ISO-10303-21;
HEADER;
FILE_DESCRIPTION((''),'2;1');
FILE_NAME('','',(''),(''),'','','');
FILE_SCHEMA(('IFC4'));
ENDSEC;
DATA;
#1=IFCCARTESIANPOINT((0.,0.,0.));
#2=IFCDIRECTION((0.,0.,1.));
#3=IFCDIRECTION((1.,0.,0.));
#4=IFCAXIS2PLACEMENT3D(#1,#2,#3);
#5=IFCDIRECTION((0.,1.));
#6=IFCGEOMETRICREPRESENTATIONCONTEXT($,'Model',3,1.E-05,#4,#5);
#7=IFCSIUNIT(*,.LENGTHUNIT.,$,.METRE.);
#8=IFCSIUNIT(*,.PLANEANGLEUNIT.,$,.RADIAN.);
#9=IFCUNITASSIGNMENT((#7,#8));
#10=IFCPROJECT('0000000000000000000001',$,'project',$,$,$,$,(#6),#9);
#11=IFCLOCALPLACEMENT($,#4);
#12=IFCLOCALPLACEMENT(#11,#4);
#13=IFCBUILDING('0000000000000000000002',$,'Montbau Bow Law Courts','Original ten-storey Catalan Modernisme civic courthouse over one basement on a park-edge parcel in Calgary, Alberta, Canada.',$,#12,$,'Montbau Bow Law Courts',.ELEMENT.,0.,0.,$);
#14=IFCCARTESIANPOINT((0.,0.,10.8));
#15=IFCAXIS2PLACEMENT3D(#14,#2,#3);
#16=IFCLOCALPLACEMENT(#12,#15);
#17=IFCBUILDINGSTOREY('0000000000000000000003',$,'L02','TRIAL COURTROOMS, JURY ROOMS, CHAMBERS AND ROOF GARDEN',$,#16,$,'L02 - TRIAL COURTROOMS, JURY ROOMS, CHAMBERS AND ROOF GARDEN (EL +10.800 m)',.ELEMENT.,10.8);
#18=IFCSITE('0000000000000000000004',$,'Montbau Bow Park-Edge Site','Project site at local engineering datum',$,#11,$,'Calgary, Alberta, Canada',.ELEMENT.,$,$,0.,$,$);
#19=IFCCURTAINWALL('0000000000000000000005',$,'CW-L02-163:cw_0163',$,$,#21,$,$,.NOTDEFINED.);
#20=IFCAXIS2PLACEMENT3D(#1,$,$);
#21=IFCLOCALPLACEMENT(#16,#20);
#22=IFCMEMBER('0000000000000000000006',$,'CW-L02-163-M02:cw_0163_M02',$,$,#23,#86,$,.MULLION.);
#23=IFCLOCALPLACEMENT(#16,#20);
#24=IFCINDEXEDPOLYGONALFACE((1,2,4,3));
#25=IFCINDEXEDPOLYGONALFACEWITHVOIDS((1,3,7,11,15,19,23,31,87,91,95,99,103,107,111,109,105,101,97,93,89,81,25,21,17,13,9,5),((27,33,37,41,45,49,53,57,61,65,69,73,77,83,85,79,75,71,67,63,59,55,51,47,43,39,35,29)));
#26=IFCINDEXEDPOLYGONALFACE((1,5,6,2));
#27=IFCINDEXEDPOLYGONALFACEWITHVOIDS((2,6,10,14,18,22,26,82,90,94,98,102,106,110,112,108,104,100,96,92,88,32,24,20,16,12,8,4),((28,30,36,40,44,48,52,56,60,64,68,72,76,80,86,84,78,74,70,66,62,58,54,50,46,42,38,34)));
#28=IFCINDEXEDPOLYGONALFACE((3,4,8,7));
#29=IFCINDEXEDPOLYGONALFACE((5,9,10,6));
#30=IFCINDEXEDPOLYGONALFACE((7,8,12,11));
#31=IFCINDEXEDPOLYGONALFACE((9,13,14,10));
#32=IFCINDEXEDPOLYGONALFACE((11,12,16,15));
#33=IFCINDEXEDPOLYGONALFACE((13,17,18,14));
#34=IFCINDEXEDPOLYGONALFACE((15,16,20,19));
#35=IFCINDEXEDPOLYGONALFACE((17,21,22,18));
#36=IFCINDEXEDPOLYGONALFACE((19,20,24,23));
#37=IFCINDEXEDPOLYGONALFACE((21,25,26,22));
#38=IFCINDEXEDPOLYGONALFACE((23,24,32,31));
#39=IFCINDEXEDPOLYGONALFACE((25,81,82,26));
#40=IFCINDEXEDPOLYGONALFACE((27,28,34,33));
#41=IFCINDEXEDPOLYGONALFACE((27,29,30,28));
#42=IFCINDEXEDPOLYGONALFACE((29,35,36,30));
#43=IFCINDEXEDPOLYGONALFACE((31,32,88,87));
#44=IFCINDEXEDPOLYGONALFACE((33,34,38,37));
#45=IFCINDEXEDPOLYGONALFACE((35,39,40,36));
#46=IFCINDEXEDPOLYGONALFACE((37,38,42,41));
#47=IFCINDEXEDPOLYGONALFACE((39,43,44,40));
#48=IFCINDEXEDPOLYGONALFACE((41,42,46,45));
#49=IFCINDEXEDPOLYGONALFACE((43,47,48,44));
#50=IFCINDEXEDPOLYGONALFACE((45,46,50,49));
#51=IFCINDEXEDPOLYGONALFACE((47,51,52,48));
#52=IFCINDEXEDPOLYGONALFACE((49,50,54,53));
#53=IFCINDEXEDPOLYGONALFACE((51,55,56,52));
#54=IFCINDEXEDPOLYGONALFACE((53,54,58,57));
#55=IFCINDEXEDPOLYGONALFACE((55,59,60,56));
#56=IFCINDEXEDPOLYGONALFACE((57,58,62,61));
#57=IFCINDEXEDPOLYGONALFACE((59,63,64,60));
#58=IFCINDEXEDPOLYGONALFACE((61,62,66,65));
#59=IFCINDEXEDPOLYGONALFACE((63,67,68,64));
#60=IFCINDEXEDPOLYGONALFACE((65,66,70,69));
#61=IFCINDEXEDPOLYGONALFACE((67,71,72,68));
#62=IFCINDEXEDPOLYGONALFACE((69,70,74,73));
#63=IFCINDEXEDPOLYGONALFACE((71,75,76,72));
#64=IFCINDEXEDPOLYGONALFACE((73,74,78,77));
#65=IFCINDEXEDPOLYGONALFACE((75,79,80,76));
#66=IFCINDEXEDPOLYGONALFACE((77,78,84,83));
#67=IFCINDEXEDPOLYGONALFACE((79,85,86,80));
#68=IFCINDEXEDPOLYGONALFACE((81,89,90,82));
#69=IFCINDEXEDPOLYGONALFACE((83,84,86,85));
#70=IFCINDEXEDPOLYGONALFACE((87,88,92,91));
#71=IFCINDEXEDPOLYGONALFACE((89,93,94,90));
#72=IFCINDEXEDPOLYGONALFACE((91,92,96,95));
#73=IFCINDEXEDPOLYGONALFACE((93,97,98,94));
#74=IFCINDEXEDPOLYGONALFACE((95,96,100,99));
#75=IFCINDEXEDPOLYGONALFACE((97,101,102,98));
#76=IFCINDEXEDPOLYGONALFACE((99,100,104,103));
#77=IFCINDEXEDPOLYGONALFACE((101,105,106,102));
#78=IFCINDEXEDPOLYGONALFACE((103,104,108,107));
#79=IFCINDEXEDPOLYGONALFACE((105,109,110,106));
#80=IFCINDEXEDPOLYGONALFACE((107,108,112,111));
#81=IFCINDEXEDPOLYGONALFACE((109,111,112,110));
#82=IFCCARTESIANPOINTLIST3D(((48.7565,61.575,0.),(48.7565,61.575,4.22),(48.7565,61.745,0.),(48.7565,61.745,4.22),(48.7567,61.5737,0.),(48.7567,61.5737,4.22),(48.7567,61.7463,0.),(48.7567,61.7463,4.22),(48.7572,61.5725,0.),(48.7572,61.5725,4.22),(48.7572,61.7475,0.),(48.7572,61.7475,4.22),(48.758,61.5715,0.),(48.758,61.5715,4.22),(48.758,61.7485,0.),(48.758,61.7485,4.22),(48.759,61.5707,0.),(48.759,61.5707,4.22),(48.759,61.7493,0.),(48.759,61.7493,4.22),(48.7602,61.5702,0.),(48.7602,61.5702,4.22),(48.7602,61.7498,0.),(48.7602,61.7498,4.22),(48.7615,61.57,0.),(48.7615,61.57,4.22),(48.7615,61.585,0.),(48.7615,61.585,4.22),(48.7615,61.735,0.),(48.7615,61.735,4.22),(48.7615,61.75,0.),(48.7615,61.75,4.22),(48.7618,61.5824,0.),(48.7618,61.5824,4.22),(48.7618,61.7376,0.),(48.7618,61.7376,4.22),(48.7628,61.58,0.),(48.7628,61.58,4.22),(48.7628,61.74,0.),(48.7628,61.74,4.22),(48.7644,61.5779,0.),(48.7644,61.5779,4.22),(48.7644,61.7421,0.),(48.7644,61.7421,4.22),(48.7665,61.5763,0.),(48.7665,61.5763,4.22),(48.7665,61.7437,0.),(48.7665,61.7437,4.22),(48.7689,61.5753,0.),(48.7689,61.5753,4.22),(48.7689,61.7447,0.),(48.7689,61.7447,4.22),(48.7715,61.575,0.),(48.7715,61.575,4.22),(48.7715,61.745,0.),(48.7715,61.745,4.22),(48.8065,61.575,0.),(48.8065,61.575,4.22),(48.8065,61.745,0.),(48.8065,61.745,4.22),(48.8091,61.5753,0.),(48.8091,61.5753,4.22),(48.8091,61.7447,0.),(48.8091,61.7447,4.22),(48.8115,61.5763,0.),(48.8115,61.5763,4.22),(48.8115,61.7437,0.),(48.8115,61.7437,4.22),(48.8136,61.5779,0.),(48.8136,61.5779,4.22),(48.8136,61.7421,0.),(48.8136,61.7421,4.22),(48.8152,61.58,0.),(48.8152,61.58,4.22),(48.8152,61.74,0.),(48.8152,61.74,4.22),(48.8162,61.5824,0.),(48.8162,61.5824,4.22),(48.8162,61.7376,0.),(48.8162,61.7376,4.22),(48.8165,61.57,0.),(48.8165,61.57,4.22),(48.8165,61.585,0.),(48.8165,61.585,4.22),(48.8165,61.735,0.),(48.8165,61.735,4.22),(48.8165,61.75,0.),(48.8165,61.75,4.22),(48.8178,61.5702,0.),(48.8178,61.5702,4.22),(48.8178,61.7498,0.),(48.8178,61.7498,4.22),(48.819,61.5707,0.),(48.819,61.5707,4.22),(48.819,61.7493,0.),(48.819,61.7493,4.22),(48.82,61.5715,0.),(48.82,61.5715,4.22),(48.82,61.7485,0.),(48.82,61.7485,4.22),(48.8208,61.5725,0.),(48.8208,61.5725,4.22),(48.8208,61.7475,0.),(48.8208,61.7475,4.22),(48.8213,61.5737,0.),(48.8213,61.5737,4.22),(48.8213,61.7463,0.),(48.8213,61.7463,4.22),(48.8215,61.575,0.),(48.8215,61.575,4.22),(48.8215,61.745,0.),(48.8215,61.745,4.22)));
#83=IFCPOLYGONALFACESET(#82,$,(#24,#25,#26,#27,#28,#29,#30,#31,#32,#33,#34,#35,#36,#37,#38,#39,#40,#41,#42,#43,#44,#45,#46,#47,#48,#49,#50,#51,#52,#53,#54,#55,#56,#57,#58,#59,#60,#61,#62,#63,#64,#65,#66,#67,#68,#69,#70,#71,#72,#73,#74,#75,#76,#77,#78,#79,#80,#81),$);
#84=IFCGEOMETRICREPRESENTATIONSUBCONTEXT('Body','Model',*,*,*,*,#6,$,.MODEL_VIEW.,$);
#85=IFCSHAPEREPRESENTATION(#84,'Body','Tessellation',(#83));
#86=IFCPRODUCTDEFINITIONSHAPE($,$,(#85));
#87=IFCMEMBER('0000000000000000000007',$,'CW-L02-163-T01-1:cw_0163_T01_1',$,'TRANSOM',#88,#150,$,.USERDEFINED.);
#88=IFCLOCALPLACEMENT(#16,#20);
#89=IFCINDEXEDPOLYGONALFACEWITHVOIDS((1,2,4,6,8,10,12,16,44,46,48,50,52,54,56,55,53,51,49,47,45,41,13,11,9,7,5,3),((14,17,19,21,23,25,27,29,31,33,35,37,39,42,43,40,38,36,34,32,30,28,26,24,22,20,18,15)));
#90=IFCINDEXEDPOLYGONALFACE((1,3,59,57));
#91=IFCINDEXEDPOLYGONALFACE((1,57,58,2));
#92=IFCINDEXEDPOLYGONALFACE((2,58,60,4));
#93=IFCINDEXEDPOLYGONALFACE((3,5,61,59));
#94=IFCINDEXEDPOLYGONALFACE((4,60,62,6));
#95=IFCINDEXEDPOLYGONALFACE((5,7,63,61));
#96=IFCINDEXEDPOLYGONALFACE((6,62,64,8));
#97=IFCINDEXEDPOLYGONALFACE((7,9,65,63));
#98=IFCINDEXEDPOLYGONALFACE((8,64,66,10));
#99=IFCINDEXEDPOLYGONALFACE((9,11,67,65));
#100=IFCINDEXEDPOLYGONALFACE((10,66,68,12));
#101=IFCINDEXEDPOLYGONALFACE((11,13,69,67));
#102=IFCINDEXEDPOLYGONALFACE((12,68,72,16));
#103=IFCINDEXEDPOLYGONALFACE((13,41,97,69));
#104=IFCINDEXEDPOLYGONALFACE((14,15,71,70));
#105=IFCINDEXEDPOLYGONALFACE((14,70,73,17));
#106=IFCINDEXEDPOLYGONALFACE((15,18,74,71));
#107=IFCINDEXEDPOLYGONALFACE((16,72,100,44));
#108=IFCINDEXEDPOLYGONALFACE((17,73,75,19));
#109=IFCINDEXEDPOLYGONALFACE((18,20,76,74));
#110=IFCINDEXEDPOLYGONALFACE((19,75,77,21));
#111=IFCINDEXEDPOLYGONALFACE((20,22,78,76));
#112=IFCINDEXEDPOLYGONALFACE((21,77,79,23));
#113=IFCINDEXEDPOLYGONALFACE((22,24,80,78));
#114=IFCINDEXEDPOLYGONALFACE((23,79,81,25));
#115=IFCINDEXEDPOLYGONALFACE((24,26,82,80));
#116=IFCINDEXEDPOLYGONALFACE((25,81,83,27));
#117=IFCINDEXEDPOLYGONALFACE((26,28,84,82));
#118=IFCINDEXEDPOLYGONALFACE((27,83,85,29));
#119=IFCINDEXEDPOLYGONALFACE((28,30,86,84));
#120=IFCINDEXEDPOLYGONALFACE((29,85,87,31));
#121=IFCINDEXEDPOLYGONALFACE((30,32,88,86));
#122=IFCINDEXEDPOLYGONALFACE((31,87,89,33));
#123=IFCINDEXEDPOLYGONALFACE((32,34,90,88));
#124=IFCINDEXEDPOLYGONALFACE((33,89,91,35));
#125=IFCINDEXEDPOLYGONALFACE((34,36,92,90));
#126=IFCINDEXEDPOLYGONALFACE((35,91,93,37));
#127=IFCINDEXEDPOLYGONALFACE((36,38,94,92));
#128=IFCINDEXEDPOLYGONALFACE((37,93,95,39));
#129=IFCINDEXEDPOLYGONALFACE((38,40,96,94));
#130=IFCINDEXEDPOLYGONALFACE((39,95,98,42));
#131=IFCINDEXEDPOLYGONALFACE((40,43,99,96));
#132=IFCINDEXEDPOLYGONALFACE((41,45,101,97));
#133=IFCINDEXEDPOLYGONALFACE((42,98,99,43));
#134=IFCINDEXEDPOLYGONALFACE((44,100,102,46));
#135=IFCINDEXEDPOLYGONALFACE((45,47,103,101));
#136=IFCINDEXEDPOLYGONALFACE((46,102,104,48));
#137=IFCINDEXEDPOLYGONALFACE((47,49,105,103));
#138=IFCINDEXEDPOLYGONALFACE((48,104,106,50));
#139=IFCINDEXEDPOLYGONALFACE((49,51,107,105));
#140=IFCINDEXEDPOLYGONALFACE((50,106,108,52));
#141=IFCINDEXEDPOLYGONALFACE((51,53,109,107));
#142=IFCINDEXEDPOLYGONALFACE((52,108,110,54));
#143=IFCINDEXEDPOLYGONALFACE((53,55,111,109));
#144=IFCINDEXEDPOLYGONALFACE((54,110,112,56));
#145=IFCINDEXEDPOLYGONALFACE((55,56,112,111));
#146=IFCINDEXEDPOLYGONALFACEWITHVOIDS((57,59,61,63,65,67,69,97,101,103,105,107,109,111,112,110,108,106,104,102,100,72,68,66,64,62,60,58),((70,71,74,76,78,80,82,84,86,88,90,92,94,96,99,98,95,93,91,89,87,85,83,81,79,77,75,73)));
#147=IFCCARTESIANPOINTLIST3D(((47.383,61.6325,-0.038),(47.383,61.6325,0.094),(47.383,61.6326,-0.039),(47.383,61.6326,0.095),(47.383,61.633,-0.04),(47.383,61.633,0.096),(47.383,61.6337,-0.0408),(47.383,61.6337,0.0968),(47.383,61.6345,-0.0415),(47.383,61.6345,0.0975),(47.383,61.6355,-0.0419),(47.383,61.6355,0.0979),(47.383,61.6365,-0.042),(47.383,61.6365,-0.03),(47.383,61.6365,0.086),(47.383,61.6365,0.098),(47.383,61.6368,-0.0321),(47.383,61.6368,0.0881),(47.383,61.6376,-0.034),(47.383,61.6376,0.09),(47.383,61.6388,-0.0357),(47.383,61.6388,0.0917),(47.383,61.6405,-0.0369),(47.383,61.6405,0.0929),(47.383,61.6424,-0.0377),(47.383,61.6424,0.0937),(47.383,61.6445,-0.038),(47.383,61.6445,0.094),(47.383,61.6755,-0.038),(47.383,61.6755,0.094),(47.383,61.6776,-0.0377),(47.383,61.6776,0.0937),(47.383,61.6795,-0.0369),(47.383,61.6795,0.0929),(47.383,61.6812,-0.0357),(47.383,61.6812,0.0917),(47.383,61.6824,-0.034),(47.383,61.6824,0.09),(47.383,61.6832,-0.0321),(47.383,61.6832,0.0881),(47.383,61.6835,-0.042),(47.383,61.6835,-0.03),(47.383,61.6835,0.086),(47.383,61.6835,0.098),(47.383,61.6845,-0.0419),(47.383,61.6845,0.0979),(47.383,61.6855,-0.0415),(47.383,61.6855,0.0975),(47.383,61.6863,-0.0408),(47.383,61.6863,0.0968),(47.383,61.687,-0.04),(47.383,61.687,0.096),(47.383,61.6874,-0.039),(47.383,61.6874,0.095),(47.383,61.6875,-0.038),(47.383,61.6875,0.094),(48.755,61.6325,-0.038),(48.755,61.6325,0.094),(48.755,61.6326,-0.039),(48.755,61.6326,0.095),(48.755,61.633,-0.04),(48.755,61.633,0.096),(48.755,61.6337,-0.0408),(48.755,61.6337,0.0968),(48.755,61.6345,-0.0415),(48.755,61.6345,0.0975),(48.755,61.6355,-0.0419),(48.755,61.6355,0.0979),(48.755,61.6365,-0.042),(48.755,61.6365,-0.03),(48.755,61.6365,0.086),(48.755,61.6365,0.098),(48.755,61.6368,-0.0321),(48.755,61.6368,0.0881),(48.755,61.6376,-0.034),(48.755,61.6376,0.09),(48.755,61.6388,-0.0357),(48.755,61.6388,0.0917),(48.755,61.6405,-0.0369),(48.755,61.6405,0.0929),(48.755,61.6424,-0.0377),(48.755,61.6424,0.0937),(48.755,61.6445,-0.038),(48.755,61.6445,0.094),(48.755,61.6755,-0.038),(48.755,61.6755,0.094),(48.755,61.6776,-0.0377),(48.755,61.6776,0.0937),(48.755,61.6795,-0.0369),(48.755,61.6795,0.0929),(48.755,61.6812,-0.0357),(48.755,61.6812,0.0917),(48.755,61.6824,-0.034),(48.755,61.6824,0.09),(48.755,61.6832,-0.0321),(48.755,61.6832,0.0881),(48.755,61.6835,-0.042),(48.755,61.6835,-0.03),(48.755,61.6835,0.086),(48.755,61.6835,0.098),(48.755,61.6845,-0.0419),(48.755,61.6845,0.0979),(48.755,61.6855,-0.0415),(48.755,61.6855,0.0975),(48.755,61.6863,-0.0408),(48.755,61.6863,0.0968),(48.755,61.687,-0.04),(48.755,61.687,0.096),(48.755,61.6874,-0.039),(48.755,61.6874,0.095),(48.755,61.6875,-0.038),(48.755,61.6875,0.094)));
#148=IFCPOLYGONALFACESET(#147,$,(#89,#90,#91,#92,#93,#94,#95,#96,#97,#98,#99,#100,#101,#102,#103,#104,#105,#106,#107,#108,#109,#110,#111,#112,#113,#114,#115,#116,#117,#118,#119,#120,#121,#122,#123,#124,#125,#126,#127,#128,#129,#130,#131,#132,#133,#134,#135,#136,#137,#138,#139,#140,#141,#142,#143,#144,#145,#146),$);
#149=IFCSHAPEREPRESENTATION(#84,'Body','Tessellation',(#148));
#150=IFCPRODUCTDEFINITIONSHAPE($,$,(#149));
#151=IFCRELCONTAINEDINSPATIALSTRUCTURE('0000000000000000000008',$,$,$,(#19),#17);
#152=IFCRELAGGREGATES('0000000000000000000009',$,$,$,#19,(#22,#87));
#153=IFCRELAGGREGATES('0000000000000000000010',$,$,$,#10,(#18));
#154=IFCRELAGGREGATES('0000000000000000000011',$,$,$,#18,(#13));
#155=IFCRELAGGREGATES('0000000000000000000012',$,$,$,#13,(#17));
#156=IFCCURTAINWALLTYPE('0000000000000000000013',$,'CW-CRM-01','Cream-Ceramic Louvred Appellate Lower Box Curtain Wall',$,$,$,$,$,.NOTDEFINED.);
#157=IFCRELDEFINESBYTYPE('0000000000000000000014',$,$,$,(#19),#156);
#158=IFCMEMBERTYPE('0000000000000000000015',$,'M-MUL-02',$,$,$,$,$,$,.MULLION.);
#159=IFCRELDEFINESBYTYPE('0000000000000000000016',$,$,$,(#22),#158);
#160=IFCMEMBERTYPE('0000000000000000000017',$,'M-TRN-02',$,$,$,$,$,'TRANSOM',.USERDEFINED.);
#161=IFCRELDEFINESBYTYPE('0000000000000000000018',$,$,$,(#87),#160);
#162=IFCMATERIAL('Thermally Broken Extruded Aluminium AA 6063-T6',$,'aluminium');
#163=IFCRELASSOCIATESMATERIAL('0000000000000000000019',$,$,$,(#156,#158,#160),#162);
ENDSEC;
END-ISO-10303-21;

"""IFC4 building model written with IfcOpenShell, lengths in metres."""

from ifc_helpers import new_model, si_unit, direction, frame, origin_with_axes, origin_2d_with_axis, place, context, subcontext, project, spatial, hollow_rectangle, extrude, material, material_profile, profile_set, type_object, element, aggregate, save


model = new_model("IFC4")

# Units and contexts
model_context = context("Model", 3, precision=1e-05, world=origin_with_axes(), true_north=direction((0.0, 1.0)))
body_context = subcontext(model_context, "Body", "Model", "MODEL_VIEW")
ifc_project = project(units=[si_unit("LENGTHUNIT", "METRE"), si_unit("PLANEANGLEUNIT", "RADIAN")], contexts=[model_context])

# Site, building, storey
site_placement = place(None, origin_with_axes())
site = spatial("IfcSite", under=ifc_project, at=site_placement, Name="Montbau Bow Park-Edge Site", Description="Project site at local engineering datum", LongName="Calgary, Alberta, Canada", CompositionType="ELEMENT", RefElevation=0.0)
building_placement = place(site_placement, origin_with_axes())
building = spatial("IfcBuilding", under=site, at=building_placement, Name="Montbau Bow Law Courts", Description="Original ten-storey Catalan Modernisme civic courthouse over one basement on a park-edge parcel in Calgary, Alberta, Canada.", LongName="Montbau Bow Law Courts", CompositionType="ELEMENT", ElevationOfRefHeight=0.0, ElevationOfTerrain=0.0)
storey_placement = place(building_placement, frame((0.0, 0.0, 10.8), z_axis=(0.0, 0.0, 1.0), x_axis=(1.0, 0.0, 0.0)))
storey = spatial("IfcBuildingStorey", under=building, at=storey_placement, Name="L02", Description="TRIAL COURTROOMS, JURY ROOMS, CHAMBERS AND ROOF GARDEN", LongName="L02 - TRIAL COURTROOMS, JURY ROOMS, CHAMBERS AND ROOF GARDEN (EL +10.800 m)", CompositionType="ELEMENT", Elevation=10.8)

# Shared definitions
ifc_material_1 = material(Name="Thermally Broken Extruded Aluminium AA 6063-T6", Category="aluminium")
curtain_wall_type = type_object("IfcCurtainWallType", Name="CW-CRM-01", Description="Cream-Ceramic Louvred Appellate Lower Box Curtain Wall", PredefinedType="NOTDEFINED", material=ifc_material_1)

# Curtain wall, members
curtain_wall_1_placement = place(None, frame((47.315, 61.66, 10.8), z_axis=(0.0, 0.0, 1.0), x_axis=(1.0, 0.0, 0.0)))
curtain_wall_1 = element("IfcCurtainWall", 1, at=curtain_wall_1_placement, inside=storey, type_object=curtain_wall_type, Name="CW-L02-163:cw_0163", PredefinedType="NOTDEFINED")
ifc_material_profile_1 = material_profile(ifc_material_1, hollow_rectangle(XDim=0.065, YDim=0.18, WallThickness=0.005, InnerFilletRadius=0.01, OuterFilletRadius=0.005, at=origin_2d_with_axis()), Name="CWM-180X65", Category="Main", Priority=0)
ifc_profile_set_1 = profile_set([ifc_material_profile_1], Name="Thermally Broken Extruded Aluminium AA 6063-T6")
member_type_1 = type_object("IfcMemberType", Name="M-MUL-02", PredefinedType="MULLION", material=ifc_profile_set_1)
member_1_placement = place(None, frame((48.789, 61.66, 10.8), z_axis=(0.0, 0.0, 1.0), x_axis=(1.0, 0.0, 0.0)))
member_1 = element("IfcMember", 2, at=member_1_placement, type_object=member_type_1, Name="CW-L02-163-M02:cw_0163_M02", PredefinedType="MULLION", context=body_context, shape_type="SweptSolid", body=[
    extrude(hollow_rectangle(XDim=0.065, YDim=0.18, WallThickness=0.005, InnerFilletRadius=0.01, OuterFilletRadius=0.005, at=origin_2d_with_axis()), origin_with_axes(), (0.0, 0.0, 1.0), 4.22),
])
ifc_material_profile_2 = material_profile(ifc_material_1, hollow_rectangle(XDim=0.055, YDim=0.14, WallThickness=0.004, InnerFilletRadius=0.008, OuterFilletRadius=0.004, at=origin_2d_with_axis()), Name="CWT-140X55", Category="Main", Priority=0)
ifc_profile_set_2 = profile_set([ifc_material_profile_2], Name="Thermally Broken Extruded Aluminium AA 6063-T6")
member_type_2 = type_object("IfcMemberType", Name="M-TRN-02", ElementType="TRANSOM", PredefinedType="USERDEFINED", material=ifc_profile_set_2)
member_2_placement = place(None, frame((47.383, 61.66, 10.828), z_axis=(1.0, 0.0, 0.0), x_axis=(0.0, 1.0, 0.0)))
member_2 = element("IfcMember", 3, at=member_2_placement, type_object=member_type_2, Name="CW-L02-163-T01-1:cw_0163_T01_1", ObjectType="TRANSOM", PredefinedType="USERDEFINED", context=body_context, shape_type="SweptSolid", body=[
    extrude(hollow_rectangle(XDim=0.055, YDim=0.14, WallThickness=0.004, InnerFilletRadius=0.008, OuterFilletRadius=0.004, at=origin_2d_with_axis()), origin_with_axes(), (0.0, 0.0, 1.0), 1.372),
])

aggregate(curtain_wall_1, [member_1, member_2])

save(model, "model.ifc")
